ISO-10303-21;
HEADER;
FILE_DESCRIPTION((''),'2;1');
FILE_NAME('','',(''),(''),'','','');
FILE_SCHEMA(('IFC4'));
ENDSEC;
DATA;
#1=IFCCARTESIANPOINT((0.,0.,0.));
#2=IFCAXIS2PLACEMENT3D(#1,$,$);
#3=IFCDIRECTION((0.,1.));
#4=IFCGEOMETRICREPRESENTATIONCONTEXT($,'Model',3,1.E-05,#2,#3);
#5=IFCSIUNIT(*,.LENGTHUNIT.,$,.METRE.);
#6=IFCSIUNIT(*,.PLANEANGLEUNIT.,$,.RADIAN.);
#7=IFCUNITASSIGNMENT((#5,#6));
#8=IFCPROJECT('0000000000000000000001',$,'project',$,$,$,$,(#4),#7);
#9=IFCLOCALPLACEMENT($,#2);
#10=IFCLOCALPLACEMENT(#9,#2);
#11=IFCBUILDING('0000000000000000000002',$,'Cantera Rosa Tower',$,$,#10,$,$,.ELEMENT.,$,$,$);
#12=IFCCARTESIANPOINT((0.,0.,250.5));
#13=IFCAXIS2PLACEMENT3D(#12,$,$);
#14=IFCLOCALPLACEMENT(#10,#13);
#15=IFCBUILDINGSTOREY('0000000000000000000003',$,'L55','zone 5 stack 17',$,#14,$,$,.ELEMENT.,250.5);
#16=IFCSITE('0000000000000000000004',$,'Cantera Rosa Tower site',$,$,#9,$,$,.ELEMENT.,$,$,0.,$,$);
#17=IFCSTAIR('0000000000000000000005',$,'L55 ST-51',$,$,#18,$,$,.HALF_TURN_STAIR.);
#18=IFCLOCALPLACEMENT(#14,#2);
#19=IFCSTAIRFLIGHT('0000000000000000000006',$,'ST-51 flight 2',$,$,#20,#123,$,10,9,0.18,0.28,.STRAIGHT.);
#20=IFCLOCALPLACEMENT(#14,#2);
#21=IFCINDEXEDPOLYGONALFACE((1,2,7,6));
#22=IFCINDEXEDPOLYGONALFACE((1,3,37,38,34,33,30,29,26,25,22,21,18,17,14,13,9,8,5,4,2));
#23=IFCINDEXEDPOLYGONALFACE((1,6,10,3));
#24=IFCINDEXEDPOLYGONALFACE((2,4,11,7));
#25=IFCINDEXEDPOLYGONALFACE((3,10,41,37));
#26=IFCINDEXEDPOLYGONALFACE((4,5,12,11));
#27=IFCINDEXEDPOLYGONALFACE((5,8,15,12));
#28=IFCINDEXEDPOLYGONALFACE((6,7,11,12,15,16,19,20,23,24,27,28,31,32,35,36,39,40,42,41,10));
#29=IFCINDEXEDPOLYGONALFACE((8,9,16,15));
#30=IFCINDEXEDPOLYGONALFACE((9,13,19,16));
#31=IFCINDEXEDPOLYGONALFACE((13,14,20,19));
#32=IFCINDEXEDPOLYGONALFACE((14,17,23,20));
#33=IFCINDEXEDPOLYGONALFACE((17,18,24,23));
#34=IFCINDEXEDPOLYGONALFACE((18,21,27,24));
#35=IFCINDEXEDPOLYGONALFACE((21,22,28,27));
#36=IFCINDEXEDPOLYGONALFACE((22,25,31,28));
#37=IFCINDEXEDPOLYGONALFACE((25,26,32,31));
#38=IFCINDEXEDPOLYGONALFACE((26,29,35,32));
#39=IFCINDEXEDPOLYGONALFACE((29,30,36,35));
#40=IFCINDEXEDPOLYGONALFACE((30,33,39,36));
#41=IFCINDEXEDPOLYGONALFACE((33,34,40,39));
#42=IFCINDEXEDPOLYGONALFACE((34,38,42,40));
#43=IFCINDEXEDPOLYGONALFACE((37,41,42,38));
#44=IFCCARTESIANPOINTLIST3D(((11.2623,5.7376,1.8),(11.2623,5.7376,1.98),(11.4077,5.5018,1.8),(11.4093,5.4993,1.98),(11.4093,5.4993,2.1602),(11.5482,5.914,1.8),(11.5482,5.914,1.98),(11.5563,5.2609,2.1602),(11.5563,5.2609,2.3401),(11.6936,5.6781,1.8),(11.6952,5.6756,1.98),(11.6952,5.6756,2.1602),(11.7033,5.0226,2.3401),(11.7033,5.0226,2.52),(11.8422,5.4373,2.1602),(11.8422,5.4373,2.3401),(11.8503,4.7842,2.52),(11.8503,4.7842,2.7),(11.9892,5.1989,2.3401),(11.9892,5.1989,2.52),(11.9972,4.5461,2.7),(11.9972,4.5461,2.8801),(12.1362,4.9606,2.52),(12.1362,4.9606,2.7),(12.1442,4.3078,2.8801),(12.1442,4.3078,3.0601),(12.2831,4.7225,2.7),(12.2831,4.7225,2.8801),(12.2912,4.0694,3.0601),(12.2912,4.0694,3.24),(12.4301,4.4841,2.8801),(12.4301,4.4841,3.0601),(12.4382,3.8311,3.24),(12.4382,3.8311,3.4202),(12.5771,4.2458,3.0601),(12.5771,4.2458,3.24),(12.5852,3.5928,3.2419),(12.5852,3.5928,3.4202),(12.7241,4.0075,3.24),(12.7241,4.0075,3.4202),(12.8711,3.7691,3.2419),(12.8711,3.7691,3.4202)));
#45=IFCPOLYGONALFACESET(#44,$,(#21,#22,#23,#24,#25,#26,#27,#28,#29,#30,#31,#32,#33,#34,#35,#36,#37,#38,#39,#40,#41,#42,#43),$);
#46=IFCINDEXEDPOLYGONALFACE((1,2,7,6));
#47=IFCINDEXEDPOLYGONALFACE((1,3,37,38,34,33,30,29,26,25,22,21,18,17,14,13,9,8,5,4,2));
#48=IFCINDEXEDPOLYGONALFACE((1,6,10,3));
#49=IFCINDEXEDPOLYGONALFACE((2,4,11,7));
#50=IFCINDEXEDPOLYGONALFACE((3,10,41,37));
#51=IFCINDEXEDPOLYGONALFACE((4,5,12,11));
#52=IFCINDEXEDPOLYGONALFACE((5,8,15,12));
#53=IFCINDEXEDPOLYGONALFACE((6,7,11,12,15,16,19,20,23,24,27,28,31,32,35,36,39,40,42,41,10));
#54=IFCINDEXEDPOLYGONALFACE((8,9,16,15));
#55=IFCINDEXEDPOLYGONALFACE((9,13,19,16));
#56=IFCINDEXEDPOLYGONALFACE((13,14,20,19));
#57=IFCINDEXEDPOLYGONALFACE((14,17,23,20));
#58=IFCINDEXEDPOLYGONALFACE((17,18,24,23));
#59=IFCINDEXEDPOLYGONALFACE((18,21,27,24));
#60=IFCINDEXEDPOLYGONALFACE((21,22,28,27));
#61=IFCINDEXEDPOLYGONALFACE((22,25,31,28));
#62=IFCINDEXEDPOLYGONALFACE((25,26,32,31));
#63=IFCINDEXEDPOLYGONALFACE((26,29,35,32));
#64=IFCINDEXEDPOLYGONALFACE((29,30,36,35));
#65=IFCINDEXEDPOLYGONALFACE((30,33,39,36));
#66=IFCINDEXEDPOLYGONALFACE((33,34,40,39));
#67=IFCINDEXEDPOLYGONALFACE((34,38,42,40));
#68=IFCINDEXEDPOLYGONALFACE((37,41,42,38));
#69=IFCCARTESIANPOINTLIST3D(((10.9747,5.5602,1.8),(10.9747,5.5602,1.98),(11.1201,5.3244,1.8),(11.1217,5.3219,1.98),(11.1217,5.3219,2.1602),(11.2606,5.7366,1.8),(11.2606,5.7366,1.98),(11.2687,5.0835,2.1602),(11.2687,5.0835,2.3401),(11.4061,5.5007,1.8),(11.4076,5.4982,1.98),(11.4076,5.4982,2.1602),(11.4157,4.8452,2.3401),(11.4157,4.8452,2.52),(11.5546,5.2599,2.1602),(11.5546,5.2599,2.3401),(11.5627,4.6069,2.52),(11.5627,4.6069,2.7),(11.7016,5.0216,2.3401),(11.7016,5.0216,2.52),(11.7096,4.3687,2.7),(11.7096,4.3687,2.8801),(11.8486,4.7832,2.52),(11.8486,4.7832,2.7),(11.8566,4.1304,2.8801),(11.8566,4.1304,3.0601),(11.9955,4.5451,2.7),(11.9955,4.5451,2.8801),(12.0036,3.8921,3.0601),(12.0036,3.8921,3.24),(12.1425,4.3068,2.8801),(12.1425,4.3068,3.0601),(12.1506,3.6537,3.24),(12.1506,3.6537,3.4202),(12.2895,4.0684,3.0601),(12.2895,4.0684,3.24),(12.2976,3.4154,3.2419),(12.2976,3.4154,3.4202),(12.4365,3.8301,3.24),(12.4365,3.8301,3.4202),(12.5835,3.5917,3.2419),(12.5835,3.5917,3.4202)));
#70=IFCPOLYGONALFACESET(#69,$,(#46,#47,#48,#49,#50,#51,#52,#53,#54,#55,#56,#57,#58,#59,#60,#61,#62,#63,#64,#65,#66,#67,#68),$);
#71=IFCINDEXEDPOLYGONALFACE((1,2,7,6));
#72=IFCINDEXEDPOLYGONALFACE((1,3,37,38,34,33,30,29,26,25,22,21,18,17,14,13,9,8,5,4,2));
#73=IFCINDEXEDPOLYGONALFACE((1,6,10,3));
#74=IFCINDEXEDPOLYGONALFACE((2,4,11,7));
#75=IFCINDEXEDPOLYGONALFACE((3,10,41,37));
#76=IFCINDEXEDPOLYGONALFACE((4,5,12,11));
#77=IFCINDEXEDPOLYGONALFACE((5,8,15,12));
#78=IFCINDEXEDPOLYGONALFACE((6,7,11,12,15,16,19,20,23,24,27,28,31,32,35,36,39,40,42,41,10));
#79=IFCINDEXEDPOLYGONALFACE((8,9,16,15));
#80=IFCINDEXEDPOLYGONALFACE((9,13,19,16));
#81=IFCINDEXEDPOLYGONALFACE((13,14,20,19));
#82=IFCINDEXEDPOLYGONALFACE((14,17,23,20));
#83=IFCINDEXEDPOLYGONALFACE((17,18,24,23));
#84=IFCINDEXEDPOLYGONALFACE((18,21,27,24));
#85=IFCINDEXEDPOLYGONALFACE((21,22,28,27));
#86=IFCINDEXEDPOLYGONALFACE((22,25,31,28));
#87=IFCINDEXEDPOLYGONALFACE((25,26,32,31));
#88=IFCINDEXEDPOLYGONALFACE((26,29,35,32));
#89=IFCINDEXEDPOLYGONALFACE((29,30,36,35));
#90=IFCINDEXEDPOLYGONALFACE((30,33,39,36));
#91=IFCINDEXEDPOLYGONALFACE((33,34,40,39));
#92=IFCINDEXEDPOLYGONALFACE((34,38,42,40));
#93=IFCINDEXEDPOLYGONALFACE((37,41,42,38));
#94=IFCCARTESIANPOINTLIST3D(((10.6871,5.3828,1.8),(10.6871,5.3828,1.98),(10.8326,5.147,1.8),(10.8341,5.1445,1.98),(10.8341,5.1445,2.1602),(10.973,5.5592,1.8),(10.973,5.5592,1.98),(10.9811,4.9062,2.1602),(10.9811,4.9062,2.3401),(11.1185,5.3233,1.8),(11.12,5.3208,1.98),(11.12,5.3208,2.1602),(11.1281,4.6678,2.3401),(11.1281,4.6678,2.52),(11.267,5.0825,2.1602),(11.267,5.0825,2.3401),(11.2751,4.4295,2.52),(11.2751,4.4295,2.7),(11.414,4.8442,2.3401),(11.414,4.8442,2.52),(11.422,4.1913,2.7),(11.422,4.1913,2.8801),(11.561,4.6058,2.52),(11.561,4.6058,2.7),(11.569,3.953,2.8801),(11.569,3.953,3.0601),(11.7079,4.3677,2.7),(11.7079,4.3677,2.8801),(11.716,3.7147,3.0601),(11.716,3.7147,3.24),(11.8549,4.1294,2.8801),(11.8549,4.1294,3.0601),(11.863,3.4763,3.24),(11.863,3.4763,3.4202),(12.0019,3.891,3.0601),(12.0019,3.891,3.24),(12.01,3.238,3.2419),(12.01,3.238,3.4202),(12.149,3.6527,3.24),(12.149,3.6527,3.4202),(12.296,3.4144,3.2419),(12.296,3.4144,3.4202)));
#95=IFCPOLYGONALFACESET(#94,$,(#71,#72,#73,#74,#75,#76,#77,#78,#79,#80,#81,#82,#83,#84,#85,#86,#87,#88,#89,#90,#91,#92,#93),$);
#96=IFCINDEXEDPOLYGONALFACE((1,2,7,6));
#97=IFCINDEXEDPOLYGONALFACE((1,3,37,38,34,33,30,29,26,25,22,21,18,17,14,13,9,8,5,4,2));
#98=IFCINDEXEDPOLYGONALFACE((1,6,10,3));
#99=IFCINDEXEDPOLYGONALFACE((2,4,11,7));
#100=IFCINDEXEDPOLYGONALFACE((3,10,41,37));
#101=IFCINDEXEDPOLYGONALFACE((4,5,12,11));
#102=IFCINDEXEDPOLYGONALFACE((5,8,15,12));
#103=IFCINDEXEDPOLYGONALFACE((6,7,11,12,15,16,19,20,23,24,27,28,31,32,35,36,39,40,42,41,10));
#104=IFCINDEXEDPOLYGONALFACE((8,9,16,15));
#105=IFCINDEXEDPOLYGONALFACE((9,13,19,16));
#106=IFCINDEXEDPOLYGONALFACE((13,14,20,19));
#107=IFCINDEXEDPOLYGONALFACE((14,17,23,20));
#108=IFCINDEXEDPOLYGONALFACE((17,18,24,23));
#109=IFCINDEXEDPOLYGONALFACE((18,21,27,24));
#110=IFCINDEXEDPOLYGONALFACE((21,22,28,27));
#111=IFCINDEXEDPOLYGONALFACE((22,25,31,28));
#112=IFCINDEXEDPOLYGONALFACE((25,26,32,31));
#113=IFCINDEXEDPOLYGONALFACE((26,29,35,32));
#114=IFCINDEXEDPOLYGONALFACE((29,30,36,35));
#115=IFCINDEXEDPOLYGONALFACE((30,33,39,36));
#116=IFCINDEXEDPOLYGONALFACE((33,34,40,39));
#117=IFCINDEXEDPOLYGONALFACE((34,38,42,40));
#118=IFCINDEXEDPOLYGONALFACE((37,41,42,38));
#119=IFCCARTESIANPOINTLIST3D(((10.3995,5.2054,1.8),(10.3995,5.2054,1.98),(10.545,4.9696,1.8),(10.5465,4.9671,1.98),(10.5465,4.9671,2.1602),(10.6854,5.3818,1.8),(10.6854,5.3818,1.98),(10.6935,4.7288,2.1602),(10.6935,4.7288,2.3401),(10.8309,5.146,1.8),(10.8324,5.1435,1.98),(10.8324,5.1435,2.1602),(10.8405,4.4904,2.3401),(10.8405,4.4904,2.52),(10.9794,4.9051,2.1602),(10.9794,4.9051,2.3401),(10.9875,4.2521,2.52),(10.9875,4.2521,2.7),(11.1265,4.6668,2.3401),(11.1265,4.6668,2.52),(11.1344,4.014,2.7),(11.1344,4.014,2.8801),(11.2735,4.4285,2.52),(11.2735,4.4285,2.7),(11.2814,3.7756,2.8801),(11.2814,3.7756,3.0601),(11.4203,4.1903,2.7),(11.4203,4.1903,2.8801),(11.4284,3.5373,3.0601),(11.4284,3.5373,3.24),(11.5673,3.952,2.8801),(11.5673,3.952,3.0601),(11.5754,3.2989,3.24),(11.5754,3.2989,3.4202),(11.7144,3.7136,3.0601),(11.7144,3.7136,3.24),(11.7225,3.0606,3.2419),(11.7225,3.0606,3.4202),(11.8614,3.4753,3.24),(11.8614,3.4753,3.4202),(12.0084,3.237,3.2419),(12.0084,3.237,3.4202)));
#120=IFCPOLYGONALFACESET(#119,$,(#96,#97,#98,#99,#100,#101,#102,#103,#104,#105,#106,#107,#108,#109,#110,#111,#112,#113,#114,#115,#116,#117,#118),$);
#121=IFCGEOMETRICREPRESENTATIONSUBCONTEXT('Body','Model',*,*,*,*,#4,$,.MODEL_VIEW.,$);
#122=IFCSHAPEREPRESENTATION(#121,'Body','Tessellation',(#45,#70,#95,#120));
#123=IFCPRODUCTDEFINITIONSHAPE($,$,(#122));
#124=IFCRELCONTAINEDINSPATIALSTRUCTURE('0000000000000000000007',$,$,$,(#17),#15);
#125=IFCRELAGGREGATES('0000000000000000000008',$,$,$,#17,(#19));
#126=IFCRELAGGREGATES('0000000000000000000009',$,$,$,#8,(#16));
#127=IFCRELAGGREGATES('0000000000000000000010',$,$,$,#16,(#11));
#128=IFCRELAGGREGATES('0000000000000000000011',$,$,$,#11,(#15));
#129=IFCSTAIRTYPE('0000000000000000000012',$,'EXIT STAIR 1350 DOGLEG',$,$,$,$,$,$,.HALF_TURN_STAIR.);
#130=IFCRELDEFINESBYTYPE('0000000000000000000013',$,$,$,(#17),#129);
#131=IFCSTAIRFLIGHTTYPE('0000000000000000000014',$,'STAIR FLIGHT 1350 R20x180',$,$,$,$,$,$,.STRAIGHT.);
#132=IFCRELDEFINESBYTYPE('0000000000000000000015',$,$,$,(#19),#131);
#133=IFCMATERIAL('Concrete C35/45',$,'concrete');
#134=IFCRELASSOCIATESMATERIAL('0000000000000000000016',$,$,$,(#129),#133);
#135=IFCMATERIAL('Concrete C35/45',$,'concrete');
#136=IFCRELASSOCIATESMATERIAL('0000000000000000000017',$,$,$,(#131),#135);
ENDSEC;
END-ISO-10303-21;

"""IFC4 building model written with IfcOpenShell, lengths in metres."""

from ifc_helpers import new_model, si_unit, direction, frame, origin, place, context, subcontext, project, spatial, polyline, outline, extrude, material, type_object, element, aggregate, save


model = new_model("IFC4")

# Units and contexts
model_context = context("Model", 3, precision=1e-05, world=origin(), true_north=direction((0.0, 1.0)))
body_context = subcontext(model_context, "Body", "Model", "MODEL_VIEW")
ifc_project = project(units=[si_unit("LENGTHUNIT", "METRE"), si_unit("PLANEANGLEUNIT", "RADIAN")], contexts=[model_context])

# Site, building, storey
site_placement = place(None, origin())
site = spatial("IfcSite", under=ifc_project, at=site_placement, Name="Cantera Rosa Tower site", CompositionType="ELEMENT", RefElevation=0.0)
building_placement = place(site_placement, origin())
building = spatial("IfcBuilding", under=site, at=building_placement, Name="Cantera Rosa Tower", CompositionType="ELEMENT")
storey_placement = place(building_placement, frame((0.0, 0.0, 250.5)))
storey = spatial("IfcBuildingStorey", under=building, at=storey_placement, Name="L55", Description="zone 5 stack 17", CompositionType="ELEMENT", Elevation=250.5)

# Stair, stair flight
ifc_material_1 = material(Name="Concrete C35/45", Category="concrete")
stair_type = type_object("IfcStairType", Name="EXIT STAIR 1350 DOGLEG", PredefinedType="HALF_TURN_STAIR", material=ifc_material_1)
stair_placement = place(storey_placement, origin())
stair = element("IfcStair", 1, at=stair_placement, inside=storey, type_object=stair_type, Name="L55 ST-51", PredefinedType="HALF_TURN_STAIR")
ifc_material_2 = material(Name="Concrete C35/45", Category="concrete")
stair_flight_type = type_object("IfcStairFlightType", Name="STAIR FLIGHT 1350 R20x180", PredefinedType="STRAIGHT", material=ifc_material_2)
stair_flight_placement = place(storey_placement, frame((10.9736, 5.5596, 1.8), z_axis=(0.0, 0.0, 1.0), x_axis=(0.524977, -0.851117, 0.0)))
stair_flight = element("IfcStairFlight", 2, at=stair_flight_placement, type_object=stair_flight_type, Name="ST-51 flight 2", NumberOfRisers=10, NumberOfTreads=9, PredefinedType="STRAIGHT", RiserHeight=0.18, TreadLength=0.28, context=body_context, shape_type="SweptSolid", body=[
    extrude(outline(polyline([(0.0, 0.0), (0.0, 0.1799), (0.28, 0.1799), (0.28, 0.3601), (0.5601, 0.3601), (0.5601, 0.54), (0.8401, 0.54), (0.8401, 0.72), (1.1201, 0.72), (1.1201, 0.8999), (1.3999, 0.8999), (1.3999, 1.0801), (1.6799, 1.0801), (1.6799, 1.26), (1.96, 1.26), (1.96, 1.4399), (2.24, 1.4399), (2.24, 1.6201), (2.52, 1.6201), (2.52, 1.8), (2.52, 1.4419), (0.2771, 0.0), (0.0, 0.0)])), frame((0.0, 0.675, 0.0), z_axis=(0.0, -1.0, 0.0), x_axis=(1.0, 0.0, 0.0)), (0.0, 0.0, 1.0), 0.3359),
    extrude(outline(polyline([(0.0, 0.0), (0.0, 0.1799), (0.28, 0.1799), (0.28, 0.3601), (0.5601, 0.3601), (0.5601, 0.54), (0.8401, 0.54), (0.8401, 0.72), (1.1201, 0.72), (1.1201, 0.8999), (1.3999, 0.8999), (1.3999, 1.0801), (1.6799, 1.0801), (1.6799, 1.26), (1.96, 1.26), (1.96, 1.4399), (2.24, 1.4399), (2.24, 1.6201), (2.52, 1.6201), (2.52, 1.8), (2.52, 1.4419), (0.2771, 0.0), (0.0, 0.0)])), frame((0.0, 0.3372, 0.0), z_axis=(0.0, -1.0, 0.0), x_axis=(1.0, 0.0, 0.0)), (0.0, 0.0, 1.0), 0.3359),
    extrude(outline(polyline([(0.0, 0.0), (0.0, 0.1799), (0.28, 0.1799), (0.28, 0.3601), (0.5601, 0.3601), (0.5601, 0.54), (0.8401, 0.54), (0.8401, 0.72), (1.1201, 0.72), (1.1201, 0.8999), (1.3999, 0.8999), (1.3999, 1.0801), (1.6799, 1.0801), (1.6799, 1.26), (1.96, 1.26), (1.96, 1.4399), (2.24, 1.4399), (2.24, 1.6201), (2.52, 1.6201), (2.52, 1.8), (2.52, 1.4419), (0.2771, 0.0), (0.0, 0.0)])), frame((0.0, -0.0007, 0.0), z_axis=(0.0, -1.0, 0.0), x_axis=(1.0, 0.0, 0.0)), (0.0, 0.0, 1.0), 0.3359),
    extrude(outline(polyline([(0.0, 0.0), (0.0, 0.1799), (0.28, 0.1799), (0.28, 0.3601), (0.5601, 0.3601), (0.5601, 0.54), (0.8401, 0.54), (0.8401, 0.72), (1.1201, 0.72), (1.1201, 0.8999), (1.3999, 0.8999), (1.3999, 1.0801), (1.6799, 1.0801), (1.6799, 1.26), (1.96, 1.26), (1.96, 1.4399), (2.24, 1.4399), (2.24, 1.6201), (2.52, 1.6201), (2.52, 1.8), (2.52, 1.4419), (0.2771, 0.0), (0.0, 0.0)])), frame((0.0, -0.3386, 0.0), z_axis=(0.0, -1.0, 0.0), x_axis=(1.0, 0.0, 0.0)), (0.0, 0.0, 1.0), 0.3359),
])
aggregate(stair, [stair_flight])

save(model, "model.ifc")
